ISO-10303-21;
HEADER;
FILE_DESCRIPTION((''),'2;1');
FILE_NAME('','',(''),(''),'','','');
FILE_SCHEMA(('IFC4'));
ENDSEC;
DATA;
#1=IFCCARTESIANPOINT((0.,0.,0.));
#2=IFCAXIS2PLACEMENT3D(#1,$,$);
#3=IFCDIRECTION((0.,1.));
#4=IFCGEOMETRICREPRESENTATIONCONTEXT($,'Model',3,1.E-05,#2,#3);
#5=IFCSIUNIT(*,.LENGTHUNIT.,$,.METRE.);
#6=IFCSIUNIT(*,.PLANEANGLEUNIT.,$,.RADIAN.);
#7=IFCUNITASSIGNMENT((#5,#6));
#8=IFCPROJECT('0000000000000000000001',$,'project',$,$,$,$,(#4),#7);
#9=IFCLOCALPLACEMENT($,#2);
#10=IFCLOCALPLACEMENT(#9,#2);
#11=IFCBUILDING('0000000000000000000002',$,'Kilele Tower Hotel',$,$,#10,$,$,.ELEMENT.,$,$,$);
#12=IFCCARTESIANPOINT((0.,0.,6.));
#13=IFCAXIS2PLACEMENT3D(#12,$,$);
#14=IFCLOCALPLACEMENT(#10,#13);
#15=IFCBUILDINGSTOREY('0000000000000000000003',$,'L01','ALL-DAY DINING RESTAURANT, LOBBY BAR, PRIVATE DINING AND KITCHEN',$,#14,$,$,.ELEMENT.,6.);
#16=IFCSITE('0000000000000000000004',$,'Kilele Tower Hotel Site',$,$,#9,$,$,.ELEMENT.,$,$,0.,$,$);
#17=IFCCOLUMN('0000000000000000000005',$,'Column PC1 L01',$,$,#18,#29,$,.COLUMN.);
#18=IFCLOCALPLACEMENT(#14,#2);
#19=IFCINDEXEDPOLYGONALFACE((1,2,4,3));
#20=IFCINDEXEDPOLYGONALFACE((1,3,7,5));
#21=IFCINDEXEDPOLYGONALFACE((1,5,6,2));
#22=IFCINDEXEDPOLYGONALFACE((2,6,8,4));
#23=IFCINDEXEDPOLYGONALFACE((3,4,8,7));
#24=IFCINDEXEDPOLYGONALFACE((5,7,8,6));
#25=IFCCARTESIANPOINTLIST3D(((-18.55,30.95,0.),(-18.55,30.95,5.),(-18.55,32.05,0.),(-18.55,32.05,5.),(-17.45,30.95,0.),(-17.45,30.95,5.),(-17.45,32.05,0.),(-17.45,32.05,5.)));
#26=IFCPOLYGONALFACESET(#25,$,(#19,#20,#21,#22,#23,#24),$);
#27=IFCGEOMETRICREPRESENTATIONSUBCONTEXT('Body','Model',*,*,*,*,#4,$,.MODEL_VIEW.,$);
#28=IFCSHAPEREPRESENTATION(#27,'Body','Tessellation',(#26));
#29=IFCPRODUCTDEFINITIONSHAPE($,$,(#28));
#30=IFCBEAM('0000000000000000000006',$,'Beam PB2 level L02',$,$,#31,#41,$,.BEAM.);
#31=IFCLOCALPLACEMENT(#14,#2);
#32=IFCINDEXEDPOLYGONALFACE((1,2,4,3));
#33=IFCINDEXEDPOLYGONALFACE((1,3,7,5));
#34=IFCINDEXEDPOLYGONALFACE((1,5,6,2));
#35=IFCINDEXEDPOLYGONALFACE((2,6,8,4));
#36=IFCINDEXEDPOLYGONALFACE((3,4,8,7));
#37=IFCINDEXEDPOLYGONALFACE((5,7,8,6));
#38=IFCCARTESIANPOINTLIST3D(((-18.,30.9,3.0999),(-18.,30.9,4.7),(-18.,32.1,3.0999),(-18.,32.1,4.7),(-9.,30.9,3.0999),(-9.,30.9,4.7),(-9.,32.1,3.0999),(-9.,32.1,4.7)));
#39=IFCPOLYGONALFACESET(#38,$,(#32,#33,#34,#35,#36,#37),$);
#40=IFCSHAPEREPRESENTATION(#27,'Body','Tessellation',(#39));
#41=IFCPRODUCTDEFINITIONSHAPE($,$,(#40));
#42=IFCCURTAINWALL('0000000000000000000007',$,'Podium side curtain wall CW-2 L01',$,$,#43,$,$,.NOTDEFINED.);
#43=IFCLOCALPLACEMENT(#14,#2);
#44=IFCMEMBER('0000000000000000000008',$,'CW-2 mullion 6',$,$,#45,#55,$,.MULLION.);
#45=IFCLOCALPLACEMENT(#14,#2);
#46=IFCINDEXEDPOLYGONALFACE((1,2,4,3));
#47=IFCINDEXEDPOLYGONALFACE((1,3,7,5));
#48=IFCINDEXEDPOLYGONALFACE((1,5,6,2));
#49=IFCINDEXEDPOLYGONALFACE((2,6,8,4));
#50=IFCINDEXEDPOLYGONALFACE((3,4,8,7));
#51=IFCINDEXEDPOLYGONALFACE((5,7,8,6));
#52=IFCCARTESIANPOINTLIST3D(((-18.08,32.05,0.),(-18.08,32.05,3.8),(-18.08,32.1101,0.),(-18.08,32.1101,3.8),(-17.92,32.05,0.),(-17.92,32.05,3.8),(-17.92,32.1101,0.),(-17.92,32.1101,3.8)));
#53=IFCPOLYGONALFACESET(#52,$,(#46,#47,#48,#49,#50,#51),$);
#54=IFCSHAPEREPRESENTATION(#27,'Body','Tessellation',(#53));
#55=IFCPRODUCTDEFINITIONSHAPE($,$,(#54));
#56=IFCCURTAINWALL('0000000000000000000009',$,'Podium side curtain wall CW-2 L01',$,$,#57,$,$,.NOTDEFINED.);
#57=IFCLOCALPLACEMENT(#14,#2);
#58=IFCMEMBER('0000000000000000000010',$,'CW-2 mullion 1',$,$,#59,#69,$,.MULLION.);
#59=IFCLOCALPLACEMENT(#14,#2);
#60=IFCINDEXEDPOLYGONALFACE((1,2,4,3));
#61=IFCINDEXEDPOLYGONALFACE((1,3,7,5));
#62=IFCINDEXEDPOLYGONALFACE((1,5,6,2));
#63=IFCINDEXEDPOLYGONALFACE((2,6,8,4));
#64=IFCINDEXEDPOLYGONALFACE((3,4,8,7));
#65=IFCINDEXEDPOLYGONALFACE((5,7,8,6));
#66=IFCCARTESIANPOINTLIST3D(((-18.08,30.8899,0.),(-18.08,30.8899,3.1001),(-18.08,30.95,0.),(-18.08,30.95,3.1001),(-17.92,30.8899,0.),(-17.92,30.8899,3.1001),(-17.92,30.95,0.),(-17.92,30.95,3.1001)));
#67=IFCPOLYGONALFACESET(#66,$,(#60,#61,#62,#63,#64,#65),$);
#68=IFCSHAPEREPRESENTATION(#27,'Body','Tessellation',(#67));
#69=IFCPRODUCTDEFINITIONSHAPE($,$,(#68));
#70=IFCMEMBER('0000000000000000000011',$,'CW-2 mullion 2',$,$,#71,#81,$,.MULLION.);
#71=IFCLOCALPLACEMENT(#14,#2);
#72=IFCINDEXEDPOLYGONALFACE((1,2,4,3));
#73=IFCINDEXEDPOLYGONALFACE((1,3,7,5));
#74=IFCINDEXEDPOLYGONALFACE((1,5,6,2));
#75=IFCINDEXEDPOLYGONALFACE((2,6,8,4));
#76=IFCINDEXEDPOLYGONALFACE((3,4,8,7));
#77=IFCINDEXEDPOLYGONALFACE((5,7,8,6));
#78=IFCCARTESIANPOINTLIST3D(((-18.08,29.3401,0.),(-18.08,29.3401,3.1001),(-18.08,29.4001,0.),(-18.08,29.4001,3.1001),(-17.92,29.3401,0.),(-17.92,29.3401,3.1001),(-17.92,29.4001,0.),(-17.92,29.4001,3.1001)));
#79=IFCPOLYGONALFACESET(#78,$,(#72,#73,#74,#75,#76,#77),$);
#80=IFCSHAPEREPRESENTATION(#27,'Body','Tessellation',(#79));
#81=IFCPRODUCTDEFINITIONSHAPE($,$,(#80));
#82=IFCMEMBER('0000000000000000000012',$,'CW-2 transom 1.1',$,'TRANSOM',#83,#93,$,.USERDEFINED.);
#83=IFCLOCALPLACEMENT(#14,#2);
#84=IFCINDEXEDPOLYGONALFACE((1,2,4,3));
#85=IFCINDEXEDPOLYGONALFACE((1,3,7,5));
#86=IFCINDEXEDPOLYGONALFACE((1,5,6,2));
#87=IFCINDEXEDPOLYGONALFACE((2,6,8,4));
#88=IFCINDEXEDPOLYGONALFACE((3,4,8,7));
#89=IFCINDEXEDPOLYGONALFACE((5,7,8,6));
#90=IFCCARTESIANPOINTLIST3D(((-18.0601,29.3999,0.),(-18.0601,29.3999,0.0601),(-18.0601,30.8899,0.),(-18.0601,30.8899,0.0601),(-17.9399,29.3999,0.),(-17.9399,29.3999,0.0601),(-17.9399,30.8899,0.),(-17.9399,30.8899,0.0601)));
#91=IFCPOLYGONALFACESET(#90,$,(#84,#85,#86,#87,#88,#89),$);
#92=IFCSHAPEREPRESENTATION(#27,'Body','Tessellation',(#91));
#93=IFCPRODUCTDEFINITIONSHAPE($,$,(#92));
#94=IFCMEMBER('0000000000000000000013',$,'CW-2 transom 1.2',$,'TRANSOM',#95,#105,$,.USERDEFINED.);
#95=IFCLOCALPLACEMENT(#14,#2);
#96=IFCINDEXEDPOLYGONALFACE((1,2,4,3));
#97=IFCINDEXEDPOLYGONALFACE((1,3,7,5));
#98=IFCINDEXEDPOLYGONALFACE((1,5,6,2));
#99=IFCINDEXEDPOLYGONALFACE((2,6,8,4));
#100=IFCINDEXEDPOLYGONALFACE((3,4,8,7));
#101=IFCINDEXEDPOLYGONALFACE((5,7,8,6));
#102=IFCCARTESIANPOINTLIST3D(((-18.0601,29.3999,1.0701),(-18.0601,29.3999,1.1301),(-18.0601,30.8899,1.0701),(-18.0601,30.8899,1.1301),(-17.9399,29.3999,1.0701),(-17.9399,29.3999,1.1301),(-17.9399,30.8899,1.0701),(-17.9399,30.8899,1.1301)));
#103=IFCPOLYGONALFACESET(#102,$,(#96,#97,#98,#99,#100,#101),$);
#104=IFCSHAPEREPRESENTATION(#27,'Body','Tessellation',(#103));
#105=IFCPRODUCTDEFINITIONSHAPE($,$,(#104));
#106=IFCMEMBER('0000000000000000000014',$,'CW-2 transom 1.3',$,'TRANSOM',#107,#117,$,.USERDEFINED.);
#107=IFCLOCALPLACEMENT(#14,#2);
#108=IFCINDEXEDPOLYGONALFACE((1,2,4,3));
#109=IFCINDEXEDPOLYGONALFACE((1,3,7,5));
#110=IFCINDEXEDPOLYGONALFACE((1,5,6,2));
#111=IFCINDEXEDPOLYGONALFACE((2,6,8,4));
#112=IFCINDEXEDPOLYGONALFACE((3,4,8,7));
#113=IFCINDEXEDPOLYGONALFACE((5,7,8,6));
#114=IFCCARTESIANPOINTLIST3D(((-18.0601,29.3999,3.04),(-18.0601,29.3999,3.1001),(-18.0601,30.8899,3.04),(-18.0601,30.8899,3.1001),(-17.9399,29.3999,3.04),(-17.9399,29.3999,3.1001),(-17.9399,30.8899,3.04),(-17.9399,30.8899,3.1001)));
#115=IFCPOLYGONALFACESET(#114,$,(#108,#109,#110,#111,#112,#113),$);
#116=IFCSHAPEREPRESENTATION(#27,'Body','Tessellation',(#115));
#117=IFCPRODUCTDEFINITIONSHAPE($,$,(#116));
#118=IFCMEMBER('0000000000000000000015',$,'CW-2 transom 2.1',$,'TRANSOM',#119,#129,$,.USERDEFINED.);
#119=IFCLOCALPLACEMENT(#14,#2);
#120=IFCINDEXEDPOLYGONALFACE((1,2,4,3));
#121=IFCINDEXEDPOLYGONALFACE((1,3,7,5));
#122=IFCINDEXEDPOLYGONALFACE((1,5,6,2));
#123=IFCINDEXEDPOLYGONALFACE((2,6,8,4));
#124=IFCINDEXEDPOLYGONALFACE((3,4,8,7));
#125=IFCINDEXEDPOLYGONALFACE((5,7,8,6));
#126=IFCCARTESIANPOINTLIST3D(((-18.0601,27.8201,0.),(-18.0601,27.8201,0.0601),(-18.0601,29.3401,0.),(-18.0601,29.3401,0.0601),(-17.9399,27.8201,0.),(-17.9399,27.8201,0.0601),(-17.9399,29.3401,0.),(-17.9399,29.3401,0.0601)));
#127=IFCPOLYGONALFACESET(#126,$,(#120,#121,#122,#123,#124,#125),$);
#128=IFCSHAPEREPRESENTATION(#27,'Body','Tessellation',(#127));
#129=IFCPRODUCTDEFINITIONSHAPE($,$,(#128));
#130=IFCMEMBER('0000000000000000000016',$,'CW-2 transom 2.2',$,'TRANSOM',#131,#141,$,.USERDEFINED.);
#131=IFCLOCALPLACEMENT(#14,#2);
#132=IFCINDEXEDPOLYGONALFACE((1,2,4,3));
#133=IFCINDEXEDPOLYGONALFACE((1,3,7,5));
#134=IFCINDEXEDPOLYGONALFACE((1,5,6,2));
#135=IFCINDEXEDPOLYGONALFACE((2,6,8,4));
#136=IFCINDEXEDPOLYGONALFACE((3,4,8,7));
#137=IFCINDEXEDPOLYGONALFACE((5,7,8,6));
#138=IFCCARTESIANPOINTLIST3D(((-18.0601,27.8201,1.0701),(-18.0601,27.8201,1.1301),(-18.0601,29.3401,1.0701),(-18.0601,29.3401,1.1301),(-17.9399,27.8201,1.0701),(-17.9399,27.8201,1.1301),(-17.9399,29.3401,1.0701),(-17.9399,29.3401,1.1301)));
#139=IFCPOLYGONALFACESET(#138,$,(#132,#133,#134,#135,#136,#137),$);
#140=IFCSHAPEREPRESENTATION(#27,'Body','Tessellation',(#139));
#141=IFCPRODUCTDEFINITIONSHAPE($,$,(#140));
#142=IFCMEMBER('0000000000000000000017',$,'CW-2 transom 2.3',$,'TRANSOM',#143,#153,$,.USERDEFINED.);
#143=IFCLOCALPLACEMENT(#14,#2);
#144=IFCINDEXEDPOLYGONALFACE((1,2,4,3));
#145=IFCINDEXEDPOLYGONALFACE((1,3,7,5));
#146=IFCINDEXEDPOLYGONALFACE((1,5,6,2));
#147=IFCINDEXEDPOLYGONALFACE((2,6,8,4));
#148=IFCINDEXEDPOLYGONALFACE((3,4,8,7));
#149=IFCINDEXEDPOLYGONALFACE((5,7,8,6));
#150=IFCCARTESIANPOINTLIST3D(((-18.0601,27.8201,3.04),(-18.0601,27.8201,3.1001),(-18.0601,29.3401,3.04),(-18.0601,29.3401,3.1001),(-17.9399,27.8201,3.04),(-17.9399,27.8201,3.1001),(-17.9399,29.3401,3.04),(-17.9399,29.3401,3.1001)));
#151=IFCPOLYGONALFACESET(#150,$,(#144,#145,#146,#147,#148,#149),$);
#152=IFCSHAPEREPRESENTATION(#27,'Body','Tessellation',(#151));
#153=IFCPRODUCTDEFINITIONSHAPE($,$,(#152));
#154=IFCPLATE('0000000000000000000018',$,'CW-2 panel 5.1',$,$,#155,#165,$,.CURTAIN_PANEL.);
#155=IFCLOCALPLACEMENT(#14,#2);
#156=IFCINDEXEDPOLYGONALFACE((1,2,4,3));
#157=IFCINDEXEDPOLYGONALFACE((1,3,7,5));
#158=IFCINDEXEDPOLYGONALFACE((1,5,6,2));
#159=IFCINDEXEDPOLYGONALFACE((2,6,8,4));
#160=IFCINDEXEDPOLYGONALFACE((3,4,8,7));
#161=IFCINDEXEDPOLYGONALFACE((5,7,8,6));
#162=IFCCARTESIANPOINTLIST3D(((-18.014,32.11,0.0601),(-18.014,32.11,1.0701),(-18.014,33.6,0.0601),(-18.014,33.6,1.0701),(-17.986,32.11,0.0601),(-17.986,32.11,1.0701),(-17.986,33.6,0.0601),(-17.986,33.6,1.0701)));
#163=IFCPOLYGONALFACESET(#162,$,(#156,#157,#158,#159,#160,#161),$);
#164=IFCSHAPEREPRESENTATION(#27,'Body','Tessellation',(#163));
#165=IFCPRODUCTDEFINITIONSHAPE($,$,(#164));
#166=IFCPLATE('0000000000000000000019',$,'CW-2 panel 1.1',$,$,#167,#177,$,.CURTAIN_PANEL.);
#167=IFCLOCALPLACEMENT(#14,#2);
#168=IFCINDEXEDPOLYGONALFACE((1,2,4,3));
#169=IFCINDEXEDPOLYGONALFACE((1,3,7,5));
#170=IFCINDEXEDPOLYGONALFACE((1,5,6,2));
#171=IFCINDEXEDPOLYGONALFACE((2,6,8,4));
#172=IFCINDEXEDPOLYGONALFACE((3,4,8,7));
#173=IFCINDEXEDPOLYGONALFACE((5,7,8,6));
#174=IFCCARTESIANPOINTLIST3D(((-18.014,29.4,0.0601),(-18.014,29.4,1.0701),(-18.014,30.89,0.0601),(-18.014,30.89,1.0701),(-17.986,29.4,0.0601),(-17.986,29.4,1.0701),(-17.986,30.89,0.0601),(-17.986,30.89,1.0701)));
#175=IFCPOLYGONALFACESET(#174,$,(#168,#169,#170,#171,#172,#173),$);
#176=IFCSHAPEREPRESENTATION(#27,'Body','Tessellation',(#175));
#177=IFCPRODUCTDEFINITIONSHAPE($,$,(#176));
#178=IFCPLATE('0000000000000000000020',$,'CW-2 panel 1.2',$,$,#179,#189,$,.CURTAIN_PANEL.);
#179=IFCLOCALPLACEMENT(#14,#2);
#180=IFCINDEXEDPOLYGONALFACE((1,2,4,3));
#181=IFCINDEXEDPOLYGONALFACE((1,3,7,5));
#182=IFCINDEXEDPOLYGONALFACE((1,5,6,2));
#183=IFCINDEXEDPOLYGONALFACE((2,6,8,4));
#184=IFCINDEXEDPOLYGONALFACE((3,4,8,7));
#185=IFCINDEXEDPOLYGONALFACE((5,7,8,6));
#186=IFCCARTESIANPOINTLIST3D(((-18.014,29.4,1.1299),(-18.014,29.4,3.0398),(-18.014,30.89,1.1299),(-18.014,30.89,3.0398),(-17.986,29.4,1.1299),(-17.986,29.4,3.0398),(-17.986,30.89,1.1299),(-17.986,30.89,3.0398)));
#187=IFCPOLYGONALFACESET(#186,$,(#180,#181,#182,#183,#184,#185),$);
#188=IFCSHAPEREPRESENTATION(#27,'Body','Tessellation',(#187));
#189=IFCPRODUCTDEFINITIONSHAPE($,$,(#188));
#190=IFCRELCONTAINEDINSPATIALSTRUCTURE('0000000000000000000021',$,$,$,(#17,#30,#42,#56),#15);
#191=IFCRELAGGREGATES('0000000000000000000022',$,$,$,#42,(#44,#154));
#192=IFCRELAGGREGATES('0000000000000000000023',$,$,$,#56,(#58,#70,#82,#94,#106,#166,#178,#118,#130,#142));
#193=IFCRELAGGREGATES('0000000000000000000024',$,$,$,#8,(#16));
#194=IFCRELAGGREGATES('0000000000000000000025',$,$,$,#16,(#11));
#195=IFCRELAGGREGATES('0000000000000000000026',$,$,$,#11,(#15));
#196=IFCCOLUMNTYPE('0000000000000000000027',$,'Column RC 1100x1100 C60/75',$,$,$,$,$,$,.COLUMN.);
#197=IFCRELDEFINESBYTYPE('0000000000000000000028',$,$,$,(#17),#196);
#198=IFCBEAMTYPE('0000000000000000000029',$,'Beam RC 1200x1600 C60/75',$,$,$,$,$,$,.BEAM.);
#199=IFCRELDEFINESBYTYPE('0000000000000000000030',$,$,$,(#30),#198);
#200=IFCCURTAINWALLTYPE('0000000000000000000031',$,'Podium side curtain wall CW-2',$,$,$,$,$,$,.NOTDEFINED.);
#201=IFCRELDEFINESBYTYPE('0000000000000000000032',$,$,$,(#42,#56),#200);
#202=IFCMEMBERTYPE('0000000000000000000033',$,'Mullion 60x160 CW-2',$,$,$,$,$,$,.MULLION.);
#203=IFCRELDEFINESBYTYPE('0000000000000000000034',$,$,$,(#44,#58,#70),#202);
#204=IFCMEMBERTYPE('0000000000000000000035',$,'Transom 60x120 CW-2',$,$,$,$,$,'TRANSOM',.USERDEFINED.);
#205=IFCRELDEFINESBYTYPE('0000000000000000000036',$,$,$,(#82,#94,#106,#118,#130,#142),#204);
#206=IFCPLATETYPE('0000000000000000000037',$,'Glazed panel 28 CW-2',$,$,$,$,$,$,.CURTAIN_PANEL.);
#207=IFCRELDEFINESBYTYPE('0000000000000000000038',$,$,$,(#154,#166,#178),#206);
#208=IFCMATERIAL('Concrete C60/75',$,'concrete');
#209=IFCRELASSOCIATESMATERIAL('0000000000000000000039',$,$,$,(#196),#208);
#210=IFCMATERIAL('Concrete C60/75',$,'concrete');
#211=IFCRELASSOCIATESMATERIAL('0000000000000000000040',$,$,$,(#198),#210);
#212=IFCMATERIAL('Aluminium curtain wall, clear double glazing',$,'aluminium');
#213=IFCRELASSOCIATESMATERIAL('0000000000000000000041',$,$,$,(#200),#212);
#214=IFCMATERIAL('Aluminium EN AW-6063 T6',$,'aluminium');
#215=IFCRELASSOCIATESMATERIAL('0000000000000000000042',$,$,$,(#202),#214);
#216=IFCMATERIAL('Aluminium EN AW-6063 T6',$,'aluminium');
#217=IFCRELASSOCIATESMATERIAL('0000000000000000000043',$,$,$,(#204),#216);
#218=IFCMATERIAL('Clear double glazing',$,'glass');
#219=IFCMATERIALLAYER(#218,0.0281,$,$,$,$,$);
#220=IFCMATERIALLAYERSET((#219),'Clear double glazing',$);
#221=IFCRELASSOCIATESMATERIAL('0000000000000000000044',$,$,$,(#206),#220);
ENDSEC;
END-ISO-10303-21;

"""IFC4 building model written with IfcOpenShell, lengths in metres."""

from ifc_helpers import new_model, si_unit, direction, frame, origin, origin_2d, place, context, subcontext, project, spatial, rectangle, extrude, material, layer, layer_set, material_profile, profile_set, type_object, element, aggregate, save


model = new_model("IFC4")

# Units and contexts
model_context = context("Model", 3, precision=1e-05, world=origin(), true_north=direction((0.0, 1.0)))
body_context = subcontext(model_context, "Body", "Model", "MODEL_VIEW")
ifc_project = project(units=[si_unit("LENGTHUNIT", "METRE"), si_unit("PLANEANGLEUNIT", "RADIAN")], contexts=[model_context])

# Site, building, storey
site_placement = place(None, origin())
site = spatial("IfcSite", under=ifc_project, at=site_placement, Name="Kilele Tower Hotel Site", CompositionType="ELEMENT", RefElevation=0.0)
building_placement = place(site_placement, origin())
building = spatial("IfcBuilding", under=site, at=building_placement, Name="Kilele Tower Hotel", CompositionType="ELEMENT")
storey_placement = place(building_placement, frame((0.0, 0.0, 6.0)))
storey = spatial("IfcBuildingStorey", under=building, at=storey_placement, Name="L01", Description="ALL-DAY DINING RESTAURANT, LOBBY BAR, PRIVATE DINING AND KITCHEN", CompositionType="ELEMENT", Elevation=6.0)

# Column
ifc_material_1 = material(Name="Concrete C60/75", Category="concrete")
ifc_material_profile_1 = material_profile(ifc_material_1, rectangle(XDim=1.1001, YDim=1.1001, at=origin_2d()))
ifc_profile_set_1 = profile_set([ifc_material_profile_1], Name="Concrete C60/75")
column_type = type_object("IfcColumnType", Name="Column RC 1100x1100 C60/75", PredefinedType="COLUMN", material=ifc_profile_set_1)
column_placement = place(storey_placement, frame((-18.0, 31.5, 0.0), z_axis=(0.0, 0.0, 1.0), x_axis=(1.0, 0.0, 0.0)))
element("IfcColumn", 1, at=column_placement, inside=storey, type_object=column_type, Name="Column PC1 L01", PredefinedType="COLUMN", context=body_context, shape_type="SweptSolid", body=[
    extrude(rectangle(XDim=1.1001, YDim=1.1001, at=origin_2d()), origin(), (0.0, 0.0, 1.0), 5.0),
])

# Beam
ifc_material_2 = material(Name="Concrete C60/75", Category="concrete")
ifc_material_profile_2 = material_profile(ifc_material_2, rectangle(XDim=1.2, YDim=1.6001, at=origin_2d()))
ifc_profile_set_2 = profile_set([ifc_material_profile_2], Name="Concrete C60/75")
beam_type = type_object("IfcBeamType", Name="Beam RC 1200x1600 C60/75", PredefinedType="BEAM", material=ifc_profile_set_2)
beam_placement = place(storey_placement, frame((-18.0, 31.5, 3.8999), z_axis=(1.0, 0.0, 0.0), x_axis=(0.0, 1.0, 0.0)))
element("IfcBeam", 2, at=beam_placement, inside=storey, type_object=beam_type, Name="Beam PB2 level L02", PredefinedType="BEAM", context=body_context, shape_type="SweptSolid", body=[
    extrude(rectangle(XDim=1.2, YDim=1.6001, at=origin_2d()), origin(), (0.0, 0.0, 1.0), 9.0),
])

# Curtain wall, member
ifc_material_3 = material(Name="Aluminium curtain wall, clear double glazing", Category="aluminium")
curtain_wall_type = type_object("IfcCurtainWallType", Name="Podium side curtain wall CW-2", PredefinedType="NOTDEFINED", material=ifc_material_3)
curtain_wall_1_placement = place(storey_placement, origin())
curtain_wall_1 = element("IfcCurtainWall", 3, at=curtain_wall_1_placement, inside=storey, type_object=curtain_wall_type, Name="Podium side curtain wall CW-2 L01", PredefinedType="NOTDEFINED")
ifc_material_4 = material(Name="Aluminium EN AW-6063 T6", Category="aluminium")
ifc_material_profile_3 = material_profile(ifc_material_4, rectangle(XDim=0.1599, YDim=0.0601, at=origin_2d()))
ifc_profile_set_3 = profile_set([ifc_material_profile_3], Name="Aluminium EN AW-6063 T6")
member_type_1 = type_object("IfcMemberType", Name="Mullion 60x160 CW-2", PredefinedType="MULLION", material=ifc_profile_set_3)
member_1_placement = place(storey_placement, frame((-18.0, 32.0801, 0.0), z_axis=(0.0, 0.0, 1.0), x_axis=(1.0, 0.0, 0.0)))
member_1 = element("IfcMember", 4, at=member_1_placement, type_object=member_type_1, Name="CW-2 mullion 6", PredefinedType="MULLION", context=body_context, shape_type="SweptSolid", body=[
    extrude(rectangle(XDim=0.1599, YDim=0.0601, at=origin_2d()), origin(), (0.0, 0.0, 1.0), 3.8),
])

# Curtain wall, members
curtain_wall_2_placement = place(storey_placement, origin())
curtain_wall_2 = element("IfcCurtainWall", 5, at=curtain_wall_2_placement, inside=storey, type_object=curtain_wall_type, Name="Podium side curtain wall CW-2 L01", PredefinedType="NOTDEFINED")
member_2_placement = place(storey_placement, frame((-18.0, 30.9199, 0.0), z_axis=(0.0, 0.0, 1.0), x_axis=(1.0, 0.0, 0.0)))
member_2 = element("IfcMember", 6, at=member_2_placement, type_object=member_type_1, Name="CW-2 mullion 1", PredefinedType="MULLION", context=body_context, shape_type="SweptSolid", body=[
    extrude(rectangle(XDim=0.1599, YDim=0.0601, at=origin_2d()), origin(), (0.0, 0.0, 1.0), 3.1001),
])
member_3_placement = place(storey_placement, frame((-18.0, 29.3701, 0.0), z_axis=(0.0, 0.0, 1.0), x_axis=(1.0, 0.0, 0.0)))
member_3 = element("IfcMember", 7, at=member_3_placement, type_object=member_type_1, Name="CW-2 mullion 2", PredefinedType="MULLION", context=body_context, shape_type="SweptSolid", body=[
    extrude(rectangle(XDim=0.1599, YDim=0.0601, at=origin_2d()), origin(), (0.0, 0.0, 1.0), 3.1001),
])
ifc_material_5 = material(Name="Aluminium EN AW-6063 T6", Category="aluminium")
ifc_material_profile_4 = material_profile(ifc_material_5, rectangle(XDim=0.1201, YDim=0.0601, at=origin_2d()))
ifc_profile_set_4 = profile_set([ifc_material_profile_4], Name="Aluminium EN AW-6063 T6")
member_type_2 = type_object("IfcMemberType", Name="Transom 60x120 CW-2", ElementType="TRANSOM", PredefinedType="USERDEFINED", material=ifc_profile_set_4)
member_4_placement = place(storey_placement, frame((-18.0, 30.8899, 0.03), z_axis=(0.0, -1.0, 0.0), x_axis=(1.0, 0.0, 0.0)))
member_4 = element("IfcMember", 8, at=member_4_placement, type_object=member_type_2, Name="CW-2 transom 1.1", ObjectType="TRANSOM", PredefinedType="USERDEFINED", context=body_context, shape_type="SweptSolid", body=[
    extrude(rectangle(XDim=0.1201, YDim=0.0601, at=origin_2d()), origin(), (0.0, 0.0, 1.0), 1.49),
])
member_5_placement = place(storey_placement, frame((-18.0, 30.8899, 1.1001), z_axis=(0.0, -1.0, 0.0), x_axis=(1.0, 0.0, 0.0)))
member_5 = element("IfcMember", 9, at=member_5_placement, type_object=member_type_2, Name="CW-2 transom 1.2", ObjectType="TRANSOM", PredefinedType="USERDEFINED", context=body_context, shape_type="SweptSolid", body=[
    extrude(rectangle(XDim=0.1201, YDim=0.0601, at=origin_2d()), origin(), (0.0, 0.0, 1.0), 1.49),
])
member_6_placement = place(storey_placement, frame((-18.0, 30.8899, 3.0701), z_axis=(0.0, -1.0, 0.0), x_axis=(1.0, 0.0, 0.0)))
member_6 = element("IfcMember", 10, at=member_6_placement, type_object=member_type_2, Name="CW-2 transom 1.3", ObjectType="TRANSOM", PredefinedType="USERDEFINED", context=body_context, shape_type="SweptSolid", body=[
    extrude(rectangle(XDim=0.1201, YDim=0.0601, at=origin_2d()), origin(), (0.0, 0.0, 1.0), 1.49),
])
member_7_placement = place(storey_placement, frame((-18.0, 29.3401, 0.03), z_axis=(0.0, -1.0, 0.0), x_axis=(1.0, 0.0, 0.0)))
member_7 = element("IfcMember", 11, at=member_7_placement, type_object=member_type_2, Name="CW-2 transom 2.1", ObjectType="TRANSOM", PredefinedType="USERDEFINED", context=body_context, shape_type="SweptSolid", body=[
    extrude(rectangle(XDim=0.1201, YDim=0.0601, at=origin_2d()), origin(), (0.0, 0.0, 1.0), 1.52),
])
member_8_placement = place(storey_placement, frame((-18.0, 29.3401, 1.1001), z_axis=(0.0, -1.0, 0.0), x_axis=(1.0, 0.0, 0.0)))
member_8 = element("IfcMember", 12, at=member_8_placement, type_object=member_type_2, Name="CW-2 transom 2.2", ObjectType="TRANSOM", PredefinedType="USERDEFINED", context=body_context, shape_type="SweptSolid", body=[
    extrude(rectangle(XDim=0.1201, YDim=0.0601, at=origin_2d()), origin(), (0.0, 0.0, 1.0), 1.52),
])
member_9_placement = place(storey_placement, frame((-18.0, 29.3401, 3.0701), z_axis=(0.0, -1.0, 0.0), x_axis=(1.0, 0.0, 0.0)))
member_9 = element("IfcMember", 13, at=member_9_placement, type_object=member_type_2, Name="CW-2 transom 2.3", ObjectType="TRANSOM", PredefinedType="USERDEFINED", context=body_context, shape_type="SweptSolid", body=[
    extrude(rectangle(XDim=0.1201, YDim=0.0601, at=origin_2d()), origin(), (0.0, 0.0, 1.0), 1.52),
])

# Plates
ifc_material_6 = material(Name="Clear double glazing", Category="glass")
ifc_layer_1 = layer(ifc_material_6, 0.0281)
ifc_layer_set_1 = layer_set([ifc_layer_1], Name="Clear double glazing")
plate_type = type_object("IfcPlateType", Name="Glazed panel 28 CW-2", PredefinedType="CURTAIN_PANEL", material=ifc_layer_set_1)
plate_1_placement = place(storey_placement, frame((-18.0, 32.855, 0.0601), z_axis=(0.0, 0.0, 1.0), x_axis=(0.0, -1.0, 0.0)))
plate_1 = element("IfcPlate", 14, at=plate_1_placement, type_object=plate_type, Name="CW-2 panel 5.1", PredefinedType="CURTAIN_PANEL", context=body_context, shape_type="SweptSolid", body=[
    extrude(rectangle(XDim=1.49, YDim=0.0281, at=origin_2d()), origin(), (0.0, 0.0, 1.0), 1.01),
])
aggregate(curtain_wall_1, [member_1, plate_1])
plate_2_placement = place(storey_placement, frame((-18.0, 30.145, 0.0601), z_axis=(0.0, 0.0, 1.0), x_axis=(0.0, -1.0, 0.0)))
plate_2 = element("IfcPlate", 15, at=plate_2_placement, type_object=plate_type, Name="CW-2 panel 1.1", PredefinedType="CURTAIN_PANEL", context=body_context, shape_type="SweptSolid", body=[
    extrude(rectangle(XDim=1.49, YDim=0.0281, at=origin_2d()), origin(), (0.0, 0.0, 1.0), 1.01),
])
plate_3_placement = place(storey_placement, frame((-18.0, 30.145, 1.1299), z_axis=(0.0, 0.0, 1.0), x_axis=(0.0, -1.0, 0.0)))
plate_3 = element("IfcPlate", 16, at=plate_3_placement, type_object=plate_type, Name="CW-2 panel 1.2", PredefinedType="CURTAIN_PANEL", context=body_context, shape_type="SweptSolid", body=[
    extrude(rectangle(XDim=1.49, YDim=0.0281, at=origin_2d()), origin(), (0.0, 0.0, 1.0), 1.9099),
])
aggregate(curtain_wall_2, [member_2, member_3, member_4, member_5, member_6, plate_2, plate_3, member_7, member_8, member_9])

save(model, "model.ifc")
